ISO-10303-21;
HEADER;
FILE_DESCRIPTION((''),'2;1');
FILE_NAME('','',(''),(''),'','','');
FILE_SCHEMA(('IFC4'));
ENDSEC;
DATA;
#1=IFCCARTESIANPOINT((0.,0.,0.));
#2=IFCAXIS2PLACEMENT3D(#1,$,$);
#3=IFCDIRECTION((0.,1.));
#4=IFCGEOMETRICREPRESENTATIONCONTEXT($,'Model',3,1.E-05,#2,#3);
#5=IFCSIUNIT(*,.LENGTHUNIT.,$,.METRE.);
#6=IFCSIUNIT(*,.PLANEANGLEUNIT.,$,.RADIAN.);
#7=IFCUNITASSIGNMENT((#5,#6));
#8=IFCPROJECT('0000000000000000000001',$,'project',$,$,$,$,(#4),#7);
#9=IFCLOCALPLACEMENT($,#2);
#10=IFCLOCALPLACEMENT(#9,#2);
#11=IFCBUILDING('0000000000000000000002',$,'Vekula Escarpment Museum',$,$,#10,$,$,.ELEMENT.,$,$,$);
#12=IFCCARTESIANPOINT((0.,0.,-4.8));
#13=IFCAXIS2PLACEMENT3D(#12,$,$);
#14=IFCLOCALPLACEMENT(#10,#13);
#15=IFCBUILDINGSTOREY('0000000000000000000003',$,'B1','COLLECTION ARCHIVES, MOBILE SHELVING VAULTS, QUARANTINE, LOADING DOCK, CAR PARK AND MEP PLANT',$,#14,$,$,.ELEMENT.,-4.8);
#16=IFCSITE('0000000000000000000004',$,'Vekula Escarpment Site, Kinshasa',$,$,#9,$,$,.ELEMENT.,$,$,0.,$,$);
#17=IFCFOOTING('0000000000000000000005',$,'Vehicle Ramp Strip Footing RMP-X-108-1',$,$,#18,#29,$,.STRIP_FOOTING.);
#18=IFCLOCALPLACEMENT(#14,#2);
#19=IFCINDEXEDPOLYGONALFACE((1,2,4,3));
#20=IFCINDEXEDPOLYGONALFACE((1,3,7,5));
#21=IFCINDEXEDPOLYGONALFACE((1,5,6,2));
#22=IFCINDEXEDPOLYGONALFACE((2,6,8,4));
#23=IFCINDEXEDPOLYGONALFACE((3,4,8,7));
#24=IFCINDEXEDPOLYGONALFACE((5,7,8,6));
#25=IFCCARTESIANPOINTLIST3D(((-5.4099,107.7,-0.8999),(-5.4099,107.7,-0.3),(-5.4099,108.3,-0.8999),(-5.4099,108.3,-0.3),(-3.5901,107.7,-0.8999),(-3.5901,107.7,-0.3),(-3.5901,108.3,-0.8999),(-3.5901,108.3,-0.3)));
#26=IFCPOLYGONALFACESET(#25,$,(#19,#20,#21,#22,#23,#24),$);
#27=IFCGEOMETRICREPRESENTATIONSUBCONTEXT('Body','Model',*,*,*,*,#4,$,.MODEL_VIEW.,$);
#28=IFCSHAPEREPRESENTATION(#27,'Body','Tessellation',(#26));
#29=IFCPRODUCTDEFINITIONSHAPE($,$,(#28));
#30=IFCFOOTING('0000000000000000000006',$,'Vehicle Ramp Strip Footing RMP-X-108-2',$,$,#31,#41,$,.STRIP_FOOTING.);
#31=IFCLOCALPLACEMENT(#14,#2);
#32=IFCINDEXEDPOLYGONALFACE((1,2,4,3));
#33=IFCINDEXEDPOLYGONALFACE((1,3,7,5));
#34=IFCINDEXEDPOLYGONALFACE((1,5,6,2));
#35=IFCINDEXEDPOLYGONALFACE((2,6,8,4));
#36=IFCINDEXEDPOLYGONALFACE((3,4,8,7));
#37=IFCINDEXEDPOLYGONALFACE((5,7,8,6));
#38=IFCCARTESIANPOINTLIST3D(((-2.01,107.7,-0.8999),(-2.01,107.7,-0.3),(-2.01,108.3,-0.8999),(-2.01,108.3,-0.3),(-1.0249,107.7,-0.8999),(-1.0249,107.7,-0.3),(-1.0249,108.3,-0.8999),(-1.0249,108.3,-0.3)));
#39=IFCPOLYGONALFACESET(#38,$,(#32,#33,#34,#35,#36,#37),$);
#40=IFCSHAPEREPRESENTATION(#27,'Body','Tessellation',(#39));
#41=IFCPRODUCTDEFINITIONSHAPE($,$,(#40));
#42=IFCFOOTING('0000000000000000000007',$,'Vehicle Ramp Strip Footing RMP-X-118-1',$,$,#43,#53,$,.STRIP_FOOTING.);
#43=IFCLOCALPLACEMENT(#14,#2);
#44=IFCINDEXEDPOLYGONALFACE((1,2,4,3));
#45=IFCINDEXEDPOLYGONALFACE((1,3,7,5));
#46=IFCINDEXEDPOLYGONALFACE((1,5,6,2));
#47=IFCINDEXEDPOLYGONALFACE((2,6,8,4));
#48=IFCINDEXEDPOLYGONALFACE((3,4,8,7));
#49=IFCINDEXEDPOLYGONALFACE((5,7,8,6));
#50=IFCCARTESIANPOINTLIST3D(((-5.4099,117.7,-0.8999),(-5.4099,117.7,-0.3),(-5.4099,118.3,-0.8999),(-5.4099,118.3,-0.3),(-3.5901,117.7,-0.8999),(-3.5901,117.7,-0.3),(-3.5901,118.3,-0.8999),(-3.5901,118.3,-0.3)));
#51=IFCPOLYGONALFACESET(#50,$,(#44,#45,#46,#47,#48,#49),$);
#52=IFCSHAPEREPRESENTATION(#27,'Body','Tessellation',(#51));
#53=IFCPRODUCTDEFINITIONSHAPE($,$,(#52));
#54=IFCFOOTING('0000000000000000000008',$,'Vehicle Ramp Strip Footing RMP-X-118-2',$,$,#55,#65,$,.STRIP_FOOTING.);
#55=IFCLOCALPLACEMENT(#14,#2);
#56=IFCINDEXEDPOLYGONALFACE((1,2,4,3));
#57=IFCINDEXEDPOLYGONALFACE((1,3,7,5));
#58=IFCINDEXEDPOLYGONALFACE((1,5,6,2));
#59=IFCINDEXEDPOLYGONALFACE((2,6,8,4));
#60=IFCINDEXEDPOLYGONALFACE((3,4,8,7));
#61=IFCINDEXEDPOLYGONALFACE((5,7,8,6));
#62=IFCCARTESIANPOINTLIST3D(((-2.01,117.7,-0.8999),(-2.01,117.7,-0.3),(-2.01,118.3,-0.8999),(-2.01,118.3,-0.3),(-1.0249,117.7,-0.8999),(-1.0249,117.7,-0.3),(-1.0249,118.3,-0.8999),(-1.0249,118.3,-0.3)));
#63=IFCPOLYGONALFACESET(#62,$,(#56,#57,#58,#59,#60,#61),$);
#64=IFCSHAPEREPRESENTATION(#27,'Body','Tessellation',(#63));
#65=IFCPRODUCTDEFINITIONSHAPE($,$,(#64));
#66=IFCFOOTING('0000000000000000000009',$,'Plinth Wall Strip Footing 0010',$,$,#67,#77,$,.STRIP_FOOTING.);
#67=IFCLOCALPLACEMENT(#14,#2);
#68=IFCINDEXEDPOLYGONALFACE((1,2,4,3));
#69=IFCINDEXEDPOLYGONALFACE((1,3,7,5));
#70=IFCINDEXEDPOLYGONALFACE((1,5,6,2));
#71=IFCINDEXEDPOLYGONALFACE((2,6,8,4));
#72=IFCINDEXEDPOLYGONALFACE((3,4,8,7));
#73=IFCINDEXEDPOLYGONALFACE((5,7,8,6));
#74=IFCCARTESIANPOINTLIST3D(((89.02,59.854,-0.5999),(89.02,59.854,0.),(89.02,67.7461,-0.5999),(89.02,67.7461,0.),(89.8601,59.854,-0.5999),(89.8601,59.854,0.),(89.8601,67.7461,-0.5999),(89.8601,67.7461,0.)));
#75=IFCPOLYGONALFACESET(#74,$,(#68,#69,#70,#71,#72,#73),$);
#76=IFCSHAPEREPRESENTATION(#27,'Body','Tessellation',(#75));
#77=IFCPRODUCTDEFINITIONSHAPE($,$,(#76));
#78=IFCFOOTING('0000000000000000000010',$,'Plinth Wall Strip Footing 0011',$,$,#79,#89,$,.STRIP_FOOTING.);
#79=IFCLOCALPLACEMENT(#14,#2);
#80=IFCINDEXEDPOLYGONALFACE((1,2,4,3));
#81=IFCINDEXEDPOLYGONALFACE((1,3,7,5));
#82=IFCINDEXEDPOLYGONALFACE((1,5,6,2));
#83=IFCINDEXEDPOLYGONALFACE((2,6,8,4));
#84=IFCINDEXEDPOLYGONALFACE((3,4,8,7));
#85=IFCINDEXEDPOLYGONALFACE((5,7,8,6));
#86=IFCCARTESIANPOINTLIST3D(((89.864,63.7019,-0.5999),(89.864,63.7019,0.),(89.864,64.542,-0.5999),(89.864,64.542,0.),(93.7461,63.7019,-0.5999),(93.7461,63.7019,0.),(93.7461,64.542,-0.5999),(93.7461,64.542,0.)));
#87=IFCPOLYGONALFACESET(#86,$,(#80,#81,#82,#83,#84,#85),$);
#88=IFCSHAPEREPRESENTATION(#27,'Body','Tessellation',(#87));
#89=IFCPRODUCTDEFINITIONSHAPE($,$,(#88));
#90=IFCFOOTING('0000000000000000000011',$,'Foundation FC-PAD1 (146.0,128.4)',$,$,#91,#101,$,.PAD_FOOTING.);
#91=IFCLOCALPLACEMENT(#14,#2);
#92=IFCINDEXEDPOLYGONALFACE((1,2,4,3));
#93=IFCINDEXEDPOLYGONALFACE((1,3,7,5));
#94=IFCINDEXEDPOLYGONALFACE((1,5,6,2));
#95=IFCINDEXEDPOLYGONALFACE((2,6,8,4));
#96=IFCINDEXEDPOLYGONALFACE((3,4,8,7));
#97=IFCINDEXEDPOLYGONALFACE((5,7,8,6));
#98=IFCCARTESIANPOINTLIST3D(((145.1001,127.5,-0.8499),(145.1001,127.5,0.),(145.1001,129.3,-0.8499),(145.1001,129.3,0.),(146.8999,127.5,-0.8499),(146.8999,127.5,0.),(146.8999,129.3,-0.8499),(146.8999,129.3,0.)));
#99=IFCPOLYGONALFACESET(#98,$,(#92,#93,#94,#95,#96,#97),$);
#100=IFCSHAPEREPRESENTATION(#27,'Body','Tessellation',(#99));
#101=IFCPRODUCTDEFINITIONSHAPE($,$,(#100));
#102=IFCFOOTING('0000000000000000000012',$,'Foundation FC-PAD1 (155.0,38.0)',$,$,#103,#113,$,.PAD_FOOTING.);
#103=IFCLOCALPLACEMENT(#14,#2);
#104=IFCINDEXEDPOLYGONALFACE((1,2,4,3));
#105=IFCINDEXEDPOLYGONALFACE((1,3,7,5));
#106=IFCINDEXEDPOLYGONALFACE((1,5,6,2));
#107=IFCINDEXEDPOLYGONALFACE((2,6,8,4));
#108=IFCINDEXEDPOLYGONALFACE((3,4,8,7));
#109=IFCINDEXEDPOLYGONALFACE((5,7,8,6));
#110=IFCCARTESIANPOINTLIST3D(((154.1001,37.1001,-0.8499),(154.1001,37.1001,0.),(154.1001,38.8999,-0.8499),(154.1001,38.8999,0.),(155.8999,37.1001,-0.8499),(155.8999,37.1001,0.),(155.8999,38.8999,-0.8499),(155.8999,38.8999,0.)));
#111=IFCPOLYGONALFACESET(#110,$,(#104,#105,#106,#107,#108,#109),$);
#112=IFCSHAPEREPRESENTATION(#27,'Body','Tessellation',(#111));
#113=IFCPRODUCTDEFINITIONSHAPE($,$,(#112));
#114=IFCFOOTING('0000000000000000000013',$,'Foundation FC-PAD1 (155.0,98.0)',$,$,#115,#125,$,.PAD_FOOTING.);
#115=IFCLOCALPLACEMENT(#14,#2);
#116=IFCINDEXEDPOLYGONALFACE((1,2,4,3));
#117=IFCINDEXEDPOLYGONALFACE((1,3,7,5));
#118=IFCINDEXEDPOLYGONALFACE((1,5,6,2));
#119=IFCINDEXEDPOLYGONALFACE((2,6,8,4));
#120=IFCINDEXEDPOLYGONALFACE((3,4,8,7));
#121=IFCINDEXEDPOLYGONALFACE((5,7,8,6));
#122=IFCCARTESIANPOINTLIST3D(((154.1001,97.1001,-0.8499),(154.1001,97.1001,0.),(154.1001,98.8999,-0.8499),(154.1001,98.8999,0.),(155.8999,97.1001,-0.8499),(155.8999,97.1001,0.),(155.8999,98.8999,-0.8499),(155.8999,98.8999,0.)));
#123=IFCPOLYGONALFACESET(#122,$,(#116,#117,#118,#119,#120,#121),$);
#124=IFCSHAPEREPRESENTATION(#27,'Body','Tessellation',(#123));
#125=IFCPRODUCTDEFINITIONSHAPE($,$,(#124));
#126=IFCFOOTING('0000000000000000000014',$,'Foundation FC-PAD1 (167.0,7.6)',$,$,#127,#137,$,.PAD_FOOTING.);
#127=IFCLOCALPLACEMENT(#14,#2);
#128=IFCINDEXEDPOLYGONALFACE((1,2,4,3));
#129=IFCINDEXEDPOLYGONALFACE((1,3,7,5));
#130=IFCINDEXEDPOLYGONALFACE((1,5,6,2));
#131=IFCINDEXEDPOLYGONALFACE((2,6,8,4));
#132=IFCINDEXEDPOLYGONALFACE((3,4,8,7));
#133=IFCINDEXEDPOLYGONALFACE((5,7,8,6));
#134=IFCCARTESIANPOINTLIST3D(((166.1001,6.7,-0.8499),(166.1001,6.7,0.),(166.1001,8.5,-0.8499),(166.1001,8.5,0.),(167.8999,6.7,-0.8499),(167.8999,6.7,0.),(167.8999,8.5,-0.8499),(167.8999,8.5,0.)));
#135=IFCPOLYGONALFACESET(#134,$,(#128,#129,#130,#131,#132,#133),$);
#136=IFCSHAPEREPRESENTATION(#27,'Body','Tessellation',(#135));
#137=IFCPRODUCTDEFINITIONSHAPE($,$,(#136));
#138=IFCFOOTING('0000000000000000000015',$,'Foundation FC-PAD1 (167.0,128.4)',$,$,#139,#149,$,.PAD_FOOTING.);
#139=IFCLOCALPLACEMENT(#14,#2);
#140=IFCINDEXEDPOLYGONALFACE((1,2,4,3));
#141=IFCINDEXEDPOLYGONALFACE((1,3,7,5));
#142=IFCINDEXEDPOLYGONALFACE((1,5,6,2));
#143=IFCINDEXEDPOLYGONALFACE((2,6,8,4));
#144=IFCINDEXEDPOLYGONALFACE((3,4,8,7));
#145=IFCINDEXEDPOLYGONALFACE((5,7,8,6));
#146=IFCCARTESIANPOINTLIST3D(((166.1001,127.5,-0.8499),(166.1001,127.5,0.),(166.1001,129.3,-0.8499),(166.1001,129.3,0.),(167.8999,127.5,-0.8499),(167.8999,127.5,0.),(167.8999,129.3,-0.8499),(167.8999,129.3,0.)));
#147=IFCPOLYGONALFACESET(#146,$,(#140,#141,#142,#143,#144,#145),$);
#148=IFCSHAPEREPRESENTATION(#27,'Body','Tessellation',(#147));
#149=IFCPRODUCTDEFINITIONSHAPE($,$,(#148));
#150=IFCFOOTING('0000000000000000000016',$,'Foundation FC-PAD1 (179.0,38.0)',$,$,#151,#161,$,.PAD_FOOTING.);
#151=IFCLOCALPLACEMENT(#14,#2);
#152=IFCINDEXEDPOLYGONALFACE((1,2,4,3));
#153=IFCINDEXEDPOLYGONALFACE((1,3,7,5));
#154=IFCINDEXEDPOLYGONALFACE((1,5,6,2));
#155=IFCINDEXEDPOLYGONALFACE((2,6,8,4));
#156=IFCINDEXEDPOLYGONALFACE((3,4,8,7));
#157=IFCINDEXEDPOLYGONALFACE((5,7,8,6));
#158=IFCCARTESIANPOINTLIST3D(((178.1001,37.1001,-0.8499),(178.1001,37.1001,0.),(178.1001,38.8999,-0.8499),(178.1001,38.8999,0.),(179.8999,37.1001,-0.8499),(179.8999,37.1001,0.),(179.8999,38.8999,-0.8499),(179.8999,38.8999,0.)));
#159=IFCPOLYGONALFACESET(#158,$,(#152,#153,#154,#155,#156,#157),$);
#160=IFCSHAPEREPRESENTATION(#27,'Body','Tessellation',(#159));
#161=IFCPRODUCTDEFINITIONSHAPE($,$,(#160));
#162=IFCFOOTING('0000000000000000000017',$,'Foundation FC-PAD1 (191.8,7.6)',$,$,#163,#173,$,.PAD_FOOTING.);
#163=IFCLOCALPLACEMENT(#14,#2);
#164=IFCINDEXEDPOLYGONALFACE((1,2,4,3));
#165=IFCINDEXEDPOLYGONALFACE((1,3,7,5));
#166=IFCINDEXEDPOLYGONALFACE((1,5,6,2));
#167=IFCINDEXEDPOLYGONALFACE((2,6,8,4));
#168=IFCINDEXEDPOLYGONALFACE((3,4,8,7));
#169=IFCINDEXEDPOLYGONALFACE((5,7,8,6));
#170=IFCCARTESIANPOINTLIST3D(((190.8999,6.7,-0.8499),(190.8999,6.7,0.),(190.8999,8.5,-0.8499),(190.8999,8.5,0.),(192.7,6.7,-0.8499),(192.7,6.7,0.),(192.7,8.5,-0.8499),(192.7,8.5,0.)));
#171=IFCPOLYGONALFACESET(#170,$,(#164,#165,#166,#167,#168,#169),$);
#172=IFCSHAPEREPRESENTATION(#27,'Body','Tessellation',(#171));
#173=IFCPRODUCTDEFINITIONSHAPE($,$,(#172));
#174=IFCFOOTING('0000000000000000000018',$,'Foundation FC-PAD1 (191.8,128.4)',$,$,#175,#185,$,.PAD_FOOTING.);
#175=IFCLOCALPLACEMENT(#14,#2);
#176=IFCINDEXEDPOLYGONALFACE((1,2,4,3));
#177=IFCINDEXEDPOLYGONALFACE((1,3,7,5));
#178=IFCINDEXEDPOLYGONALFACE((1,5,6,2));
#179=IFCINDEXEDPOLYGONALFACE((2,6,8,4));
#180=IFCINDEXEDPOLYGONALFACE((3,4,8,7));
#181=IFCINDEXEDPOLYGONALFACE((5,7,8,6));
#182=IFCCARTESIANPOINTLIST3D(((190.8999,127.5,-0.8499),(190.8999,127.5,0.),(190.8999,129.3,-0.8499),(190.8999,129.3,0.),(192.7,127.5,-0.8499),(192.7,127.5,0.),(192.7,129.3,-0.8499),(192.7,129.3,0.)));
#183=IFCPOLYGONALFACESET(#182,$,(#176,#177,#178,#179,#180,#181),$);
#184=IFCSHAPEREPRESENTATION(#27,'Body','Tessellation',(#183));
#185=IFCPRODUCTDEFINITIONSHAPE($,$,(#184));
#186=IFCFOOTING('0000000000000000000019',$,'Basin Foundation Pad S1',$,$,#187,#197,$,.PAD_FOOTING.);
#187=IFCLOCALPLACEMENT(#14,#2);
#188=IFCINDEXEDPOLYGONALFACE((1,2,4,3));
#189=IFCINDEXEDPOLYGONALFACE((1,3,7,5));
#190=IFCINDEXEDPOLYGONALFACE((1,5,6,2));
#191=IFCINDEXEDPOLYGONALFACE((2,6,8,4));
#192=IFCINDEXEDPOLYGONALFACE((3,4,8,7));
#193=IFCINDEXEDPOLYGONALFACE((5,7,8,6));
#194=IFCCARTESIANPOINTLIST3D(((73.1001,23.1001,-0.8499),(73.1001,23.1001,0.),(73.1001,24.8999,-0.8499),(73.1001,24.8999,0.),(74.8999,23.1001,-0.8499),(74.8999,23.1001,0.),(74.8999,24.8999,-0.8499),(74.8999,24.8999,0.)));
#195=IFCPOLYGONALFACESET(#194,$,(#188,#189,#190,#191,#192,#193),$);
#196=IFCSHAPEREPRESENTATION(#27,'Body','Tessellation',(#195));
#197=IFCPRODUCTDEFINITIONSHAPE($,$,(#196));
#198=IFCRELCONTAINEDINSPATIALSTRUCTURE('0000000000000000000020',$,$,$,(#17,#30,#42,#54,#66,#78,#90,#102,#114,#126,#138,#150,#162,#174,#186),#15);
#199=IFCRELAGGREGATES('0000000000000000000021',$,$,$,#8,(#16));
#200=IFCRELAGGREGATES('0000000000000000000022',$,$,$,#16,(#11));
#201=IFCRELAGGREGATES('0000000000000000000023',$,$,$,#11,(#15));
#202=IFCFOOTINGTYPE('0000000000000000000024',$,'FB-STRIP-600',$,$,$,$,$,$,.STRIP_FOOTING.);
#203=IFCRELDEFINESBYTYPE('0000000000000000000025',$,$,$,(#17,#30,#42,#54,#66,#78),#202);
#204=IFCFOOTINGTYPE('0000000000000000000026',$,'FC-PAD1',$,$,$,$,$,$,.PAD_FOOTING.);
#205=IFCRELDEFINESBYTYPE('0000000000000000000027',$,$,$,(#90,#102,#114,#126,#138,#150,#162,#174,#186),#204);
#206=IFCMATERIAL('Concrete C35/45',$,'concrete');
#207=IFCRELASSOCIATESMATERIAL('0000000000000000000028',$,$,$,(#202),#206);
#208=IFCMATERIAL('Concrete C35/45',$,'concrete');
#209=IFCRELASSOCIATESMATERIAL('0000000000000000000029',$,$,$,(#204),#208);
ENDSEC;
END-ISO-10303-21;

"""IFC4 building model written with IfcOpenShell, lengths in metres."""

from ifc_helpers import new_model, si_unit, direction, frame, origin, place, context, subcontext, project, spatial, polyline, outline, extrude, material, type_object, element, save


model = new_model("IFC4")

# Units and contexts
model_context = context("Model", 3, precision=1e-05, world=origin(), true_north=direction((0.0, 1.0)))
body_context = subcontext(model_context, "Body", "Model", "MODEL_VIEW")
ifc_project = project(units=[si_unit("LENGTHUNIT", "METRE"), si_unit("PLANEANGLEUNIT", "RADIAN")], contexts=[model_context])

# Site, building, storey
site_placement = place(None, origin())
site = spatial("IfcSite", under=ifc_project, at=site_placement, Name="Vekula Escarpment Site, Kinshasa", CompositionType="ELEMENT", RefElevation=0.0)
building_placement = place(site_placement, origin())
building = spatial("IfcBuilding", under=site, at=building_placement, Name="Vekula Escarpment Museum", CompositionType="ELEMENT")
storey_placement = place(building_placement, frame((0.0, 0.0, -4.8)))
storey = spatial("IfcBuildingStorey", under=building, at=storey_placement, Name="B1", Description="COLLECTION ARCHIVES, MOBILE SHELVING VAULTS, QUARANTINE, LOADING DOCK, CAR PARK AND MEP PLANT", CompositionType="ELEMENT", Elevation=-4.8)

# Footings
ifc_material_1 = material(Name="Concrete C35/45", Category="concrete")
footing_type_1 = type_object("IfcFootingType", Name="FB-STRIP-600", PredefinedType="STRIP_FOOTING", material=ifc_material_1)
footing_1_placement = place(storey_placement, frame((0.0, 0.0, -0.8999)))
element("IfcFooting", 1, at=footing_1_placement, inside=storey, type_object=footing_type_1, Name="Vehicle Ramp Strip Footing RMP-X-108-1", PredefinedType="STRIP_FOOTING", context=body_context, shape_type="SweptSolid", body=[
    extrude(outline(polyline([(-5.4099, 107.7), (-3.5901, 107.7), (-3.5901, 108.3), (-5.4099, 108.3), (-5.4099, 107.7)])), origin(), (0.0, 0.0, 1.0), 0.5999),
])
footing_2_placement = place(storey_placement, frame((0.0, 0.0, -0.8999)))
element("IfcFooting", 2, at=footing_2_placement, inside=storey, type_object=footing_type_1, Name="Vehicle Ramp Strip Footing RMP-X-108-2", PredefinedType="STRIP_FOOTING", context=body_context, shape_type="SweptSolid", body=[
    extrude(outline(polyline([(-2.01, 107.7), (-1.0249, 107.7), (-1.0249, 108.3), (-2.01, 108.3), (-2.01, 107.7)])), origin(), (0.0, 0.0, 1.0), 0.5999),
])
footing_3_placement = place(storey_placement, frame((0.0, 0.0, -0.8999)))
element("IfcFooting", 3, at=footing_3_placement, inside=storey, type_object=footing_type_1, Name="Vehicle Ramp Strip Footing RMP-X-118-1", PredefinedType="STRIP_FOOTING", context=body_context, shape_type="SweptSolid", body=[
    extrude(outline(polyline([(-5.4099, 117.7), (-3.5901, 117.7), (-3.5901, 118.3), (-5.4099, 118.3), (-5.4099, 117.7)])), origin(), (0.0, 0.0, 1.0), 0.5999),
])
footing_4_placement = place(storey_placement, frame((0.0, 0.0, -0.8999)))
element("IfcFooting", 4, at=footing_4_placement, inside=storey, type_object=footing_type_1, Name="Vehicle Ramp Strip Footing RMP-X-118-2", PredefinedType="STRIP_FOOTING", context=body_context, shape_type="SweptSolid", body=[
    extrude(outline(polyline([(-2.01, 117.7), (-1.0249, 117.7), (-1.0249, 118.3), (-2.01, 118.3), (-2.01, 117.7)])), origin(), (0.0, 0.0, 1.0), 0.5999),
])
footing_5_placement = place(storey_placement, frame((0.0, 0.0, -0.5999)))
element("IfcFooting", 5, at=footing_5_placement, inside=storey, type_object=footing_type_1, Name="Plinth Wall Strip Footing 0010", PredefinedType="STRIP_FOOTING", context=body_context, shape_type="SweptSolid", body=[
    extrude(outline(polyline([(89.8601, 59.854), (89.02, 59.854), (89.02, 67.7461), (89.8601, 67.7461), (89.8601, 59.854)])), origin(), (0.0, 0.0, 1.0), 0.5999),
])
footing_6_placement = place(storey_placement, frame((0.0, 0.0, -0.5999)))
element("IfcFooting", 6, at=footing_6_placement, inside=storey, type_object=footing_type_1, Name="Plinth Wall Strip Footing 0011", PredefinedType="STRIP_FOOTING", context=body_context, shape_type="SweptSolid", body=[
    extrude(outline(polyline([(89.864, 63.7019), (89.864, 64.542), (93.7461, 64.542), (93.7461, 63.7019), (89.864, 63.7019)])), origin(), (0.0, 0.0, 1.0), 0.5999),
])
ifc_material_2 = material(Name="Concrete C35/45", Category="concrete")
footing_type_2 = type_object("IfcFootingType", Name="FC-PAD1", PredefinedType="PAD_FOOTING", material=ifc_material_2)
footing_7_placement = place(storey_placement, frame((0.0, 0.0, -0.8499)))
element("IfcFooting", 7, at=footing_7_placement, inside=storey, type_object=footing_type_2, Name="Foundation FC-PAD1 (146.0,128.4)", PredefinedType="PAD_FOOTING", context=body_context, shape_type="SweptSolid", body=[
    extrude(outline(polyline([(145.1001, 127.5), (146.8999, 127.5), (146.8999, 129.3), (145.1001, 129.3), (145.1001, 127.5)])), origin(), (0.0, 0.0, 1.0), 0.8499),
])
footing_8_placement = place(storey_placement, frame((0.0, 0.0, -0.8499)))
element("IfcFooting", 8, at=footing_8_placement, inside=storey, type_object=footing_type_2, Name="Foundation FC-PAD1 (155.0,38.0)", PredefinedType="PAD_FOOTING", context=body_context, shape_type="SweptSolid", body=[
    extrude(outline(polyline([(154.1001, 37.1001), (155.8999, 37.1001), (155.8999, 38.8999), (154.1001, 38.8999), (154.1001, 37.1001)])), origin(), (0.0, 0.0, 1.0), 0.8499),
])
footing_9_placement = place(storey_placement, frame((0.0, 0.0, -0.8499)))
element("IfcFooting", 9, at=footing_9_placement, inside=storey, type_object=footing_type_2, Name="Foundation FC-PAD1 (155.0,98.0)", PredefinedType="PAD_FOOTING", context=body_context, shape_type="SweptSolid", body=[
    extrude(outline(polyline([(154.1001, 97.1001), (155.8999, 97.1001), (155.8999, 98.8999), (154.1001, 98.8999), (154.1001, 97.1001)])), origin(), (0.0, 0.0, 1.0), 0.8499),
])
footing_10_placement = place(storey_placement, frame((0.0, 0.0, -0.8499)))
element("IfcFooting", 10, at=footing_10_placement, inside=storey, type_object=footing_type_2, Name="Foundation FC-PAD1 (167.0,7.6)", PredefinedType="PAD_FOOTING", context=body_context, shape_type="SweptSolid", body=[
    extrude(outline(polyline([(166.1001, 6.7), (167.8999, 6.7), (167.8999, 8.5), (166.1001, 8.5), (166.1001, 6.7)])), origin(), (0.0, 0.0, 1.0), 0.8499),
])
footing_11_placement = place(storey_placement, frame((0.0, 0.0, -0.8499)))
element("IfcFooting", 11, at=footing_11_placement, inside=storey, type_object=footing_type_2, Name="Foundation FC-PAD1 (167.0,128.4)", PredefinedType="PAD_FOOTING", context=body_context, shape_type="SweptSolid", body=[
    extrude(outline(polyline([(166.1001, 127.5), (167.8999, 127.5), (167.8999, 129.3), (166.1001, 129.3), (166.1001, 127.5)])), origin(), (0.0, 0.0, 1.0), 0.8499),
])
footing_12_placement = place(storey_placement, frame((0.0, 0.0, -0.8499)))
element("IfcFooting", 12, at=footing_12_placement, inside=storey, type_object=footing_type_2, Name="Foundation FC-PAD1 (179.0,38.0)", PredefinedType="PAD_FOOTING", context=body_context, shape_type="SweptSolid", body=[
    extrude(outline(polyline([(178.1001, 37.1001), (179.8999, 37.1001), (179.8999, 38.8999), (178.1001, 38.8999), (178.1001, 37.1001)])), origin(), (0.0, 0.0, 1.0), 0.8499),
])
footing_13_placement = place(storey_placement, frame((0.0, 0.0, -0.8499)))
element("IfcFooting", 13, at=footing_13_placement, inside=storey, type_object=footing_type_2, Name="Foundation FC-PAD1 (191.8,7.6)", PredefinedType="PAD_FOOTING", context=body_context, shape_type="SweptSolid", body=[
    extrude(outline(polyline([(190.8999, 6.7), (192.7, 6.7), (192.7, 8.5), (190.8999, 8.5), (190.8999, 6.7)])), origin(), (0.0, 0.0, 1.0), 0.8499),
])
footing_14_placement = place(storey_placement, frame((0.0, 0.0, -0.8499)))
element("IfcFooting", 14, at=footing_14_placement, inside=storey, type_object=footing_type_2, Name="Foundation FC-PAD1 (191.8,128.4)", PredefinedType="PAD_FOOTING", context=body_context, shape_type="SweptSolid", body=[
    extrude(outline(polyline([(190.8999, 127.5), (192.7, 127.5), (192.7, 129.3), (190.8999, 129.3), (190.8999, 127.5)])), origin(), (0.0, 0.0, 1.0), 0.8499),
])
footing_15_placement = place(storey_placement, frame((0.0, 0.0, -0.8499)))
element("IfcFooting", 15, at=footing_15_placement, inside=storey, type_object=footing_type_2, Name="Basin Foundation Pad S1", PredefinedType="PAD_FOOTING", context=body_context, shape_type="SweptSolid", body=[
    extrude(outline(polyline([(73.1001, 23.1001), (74.8999, 23.1001), (74.8999, 24.8999), (73.1001, 24.8999), (73.1001, 23.1001)])), origin(), (0.0, 0.0, 1.0), 0.8499),
])

save(model, "model.ifc")
